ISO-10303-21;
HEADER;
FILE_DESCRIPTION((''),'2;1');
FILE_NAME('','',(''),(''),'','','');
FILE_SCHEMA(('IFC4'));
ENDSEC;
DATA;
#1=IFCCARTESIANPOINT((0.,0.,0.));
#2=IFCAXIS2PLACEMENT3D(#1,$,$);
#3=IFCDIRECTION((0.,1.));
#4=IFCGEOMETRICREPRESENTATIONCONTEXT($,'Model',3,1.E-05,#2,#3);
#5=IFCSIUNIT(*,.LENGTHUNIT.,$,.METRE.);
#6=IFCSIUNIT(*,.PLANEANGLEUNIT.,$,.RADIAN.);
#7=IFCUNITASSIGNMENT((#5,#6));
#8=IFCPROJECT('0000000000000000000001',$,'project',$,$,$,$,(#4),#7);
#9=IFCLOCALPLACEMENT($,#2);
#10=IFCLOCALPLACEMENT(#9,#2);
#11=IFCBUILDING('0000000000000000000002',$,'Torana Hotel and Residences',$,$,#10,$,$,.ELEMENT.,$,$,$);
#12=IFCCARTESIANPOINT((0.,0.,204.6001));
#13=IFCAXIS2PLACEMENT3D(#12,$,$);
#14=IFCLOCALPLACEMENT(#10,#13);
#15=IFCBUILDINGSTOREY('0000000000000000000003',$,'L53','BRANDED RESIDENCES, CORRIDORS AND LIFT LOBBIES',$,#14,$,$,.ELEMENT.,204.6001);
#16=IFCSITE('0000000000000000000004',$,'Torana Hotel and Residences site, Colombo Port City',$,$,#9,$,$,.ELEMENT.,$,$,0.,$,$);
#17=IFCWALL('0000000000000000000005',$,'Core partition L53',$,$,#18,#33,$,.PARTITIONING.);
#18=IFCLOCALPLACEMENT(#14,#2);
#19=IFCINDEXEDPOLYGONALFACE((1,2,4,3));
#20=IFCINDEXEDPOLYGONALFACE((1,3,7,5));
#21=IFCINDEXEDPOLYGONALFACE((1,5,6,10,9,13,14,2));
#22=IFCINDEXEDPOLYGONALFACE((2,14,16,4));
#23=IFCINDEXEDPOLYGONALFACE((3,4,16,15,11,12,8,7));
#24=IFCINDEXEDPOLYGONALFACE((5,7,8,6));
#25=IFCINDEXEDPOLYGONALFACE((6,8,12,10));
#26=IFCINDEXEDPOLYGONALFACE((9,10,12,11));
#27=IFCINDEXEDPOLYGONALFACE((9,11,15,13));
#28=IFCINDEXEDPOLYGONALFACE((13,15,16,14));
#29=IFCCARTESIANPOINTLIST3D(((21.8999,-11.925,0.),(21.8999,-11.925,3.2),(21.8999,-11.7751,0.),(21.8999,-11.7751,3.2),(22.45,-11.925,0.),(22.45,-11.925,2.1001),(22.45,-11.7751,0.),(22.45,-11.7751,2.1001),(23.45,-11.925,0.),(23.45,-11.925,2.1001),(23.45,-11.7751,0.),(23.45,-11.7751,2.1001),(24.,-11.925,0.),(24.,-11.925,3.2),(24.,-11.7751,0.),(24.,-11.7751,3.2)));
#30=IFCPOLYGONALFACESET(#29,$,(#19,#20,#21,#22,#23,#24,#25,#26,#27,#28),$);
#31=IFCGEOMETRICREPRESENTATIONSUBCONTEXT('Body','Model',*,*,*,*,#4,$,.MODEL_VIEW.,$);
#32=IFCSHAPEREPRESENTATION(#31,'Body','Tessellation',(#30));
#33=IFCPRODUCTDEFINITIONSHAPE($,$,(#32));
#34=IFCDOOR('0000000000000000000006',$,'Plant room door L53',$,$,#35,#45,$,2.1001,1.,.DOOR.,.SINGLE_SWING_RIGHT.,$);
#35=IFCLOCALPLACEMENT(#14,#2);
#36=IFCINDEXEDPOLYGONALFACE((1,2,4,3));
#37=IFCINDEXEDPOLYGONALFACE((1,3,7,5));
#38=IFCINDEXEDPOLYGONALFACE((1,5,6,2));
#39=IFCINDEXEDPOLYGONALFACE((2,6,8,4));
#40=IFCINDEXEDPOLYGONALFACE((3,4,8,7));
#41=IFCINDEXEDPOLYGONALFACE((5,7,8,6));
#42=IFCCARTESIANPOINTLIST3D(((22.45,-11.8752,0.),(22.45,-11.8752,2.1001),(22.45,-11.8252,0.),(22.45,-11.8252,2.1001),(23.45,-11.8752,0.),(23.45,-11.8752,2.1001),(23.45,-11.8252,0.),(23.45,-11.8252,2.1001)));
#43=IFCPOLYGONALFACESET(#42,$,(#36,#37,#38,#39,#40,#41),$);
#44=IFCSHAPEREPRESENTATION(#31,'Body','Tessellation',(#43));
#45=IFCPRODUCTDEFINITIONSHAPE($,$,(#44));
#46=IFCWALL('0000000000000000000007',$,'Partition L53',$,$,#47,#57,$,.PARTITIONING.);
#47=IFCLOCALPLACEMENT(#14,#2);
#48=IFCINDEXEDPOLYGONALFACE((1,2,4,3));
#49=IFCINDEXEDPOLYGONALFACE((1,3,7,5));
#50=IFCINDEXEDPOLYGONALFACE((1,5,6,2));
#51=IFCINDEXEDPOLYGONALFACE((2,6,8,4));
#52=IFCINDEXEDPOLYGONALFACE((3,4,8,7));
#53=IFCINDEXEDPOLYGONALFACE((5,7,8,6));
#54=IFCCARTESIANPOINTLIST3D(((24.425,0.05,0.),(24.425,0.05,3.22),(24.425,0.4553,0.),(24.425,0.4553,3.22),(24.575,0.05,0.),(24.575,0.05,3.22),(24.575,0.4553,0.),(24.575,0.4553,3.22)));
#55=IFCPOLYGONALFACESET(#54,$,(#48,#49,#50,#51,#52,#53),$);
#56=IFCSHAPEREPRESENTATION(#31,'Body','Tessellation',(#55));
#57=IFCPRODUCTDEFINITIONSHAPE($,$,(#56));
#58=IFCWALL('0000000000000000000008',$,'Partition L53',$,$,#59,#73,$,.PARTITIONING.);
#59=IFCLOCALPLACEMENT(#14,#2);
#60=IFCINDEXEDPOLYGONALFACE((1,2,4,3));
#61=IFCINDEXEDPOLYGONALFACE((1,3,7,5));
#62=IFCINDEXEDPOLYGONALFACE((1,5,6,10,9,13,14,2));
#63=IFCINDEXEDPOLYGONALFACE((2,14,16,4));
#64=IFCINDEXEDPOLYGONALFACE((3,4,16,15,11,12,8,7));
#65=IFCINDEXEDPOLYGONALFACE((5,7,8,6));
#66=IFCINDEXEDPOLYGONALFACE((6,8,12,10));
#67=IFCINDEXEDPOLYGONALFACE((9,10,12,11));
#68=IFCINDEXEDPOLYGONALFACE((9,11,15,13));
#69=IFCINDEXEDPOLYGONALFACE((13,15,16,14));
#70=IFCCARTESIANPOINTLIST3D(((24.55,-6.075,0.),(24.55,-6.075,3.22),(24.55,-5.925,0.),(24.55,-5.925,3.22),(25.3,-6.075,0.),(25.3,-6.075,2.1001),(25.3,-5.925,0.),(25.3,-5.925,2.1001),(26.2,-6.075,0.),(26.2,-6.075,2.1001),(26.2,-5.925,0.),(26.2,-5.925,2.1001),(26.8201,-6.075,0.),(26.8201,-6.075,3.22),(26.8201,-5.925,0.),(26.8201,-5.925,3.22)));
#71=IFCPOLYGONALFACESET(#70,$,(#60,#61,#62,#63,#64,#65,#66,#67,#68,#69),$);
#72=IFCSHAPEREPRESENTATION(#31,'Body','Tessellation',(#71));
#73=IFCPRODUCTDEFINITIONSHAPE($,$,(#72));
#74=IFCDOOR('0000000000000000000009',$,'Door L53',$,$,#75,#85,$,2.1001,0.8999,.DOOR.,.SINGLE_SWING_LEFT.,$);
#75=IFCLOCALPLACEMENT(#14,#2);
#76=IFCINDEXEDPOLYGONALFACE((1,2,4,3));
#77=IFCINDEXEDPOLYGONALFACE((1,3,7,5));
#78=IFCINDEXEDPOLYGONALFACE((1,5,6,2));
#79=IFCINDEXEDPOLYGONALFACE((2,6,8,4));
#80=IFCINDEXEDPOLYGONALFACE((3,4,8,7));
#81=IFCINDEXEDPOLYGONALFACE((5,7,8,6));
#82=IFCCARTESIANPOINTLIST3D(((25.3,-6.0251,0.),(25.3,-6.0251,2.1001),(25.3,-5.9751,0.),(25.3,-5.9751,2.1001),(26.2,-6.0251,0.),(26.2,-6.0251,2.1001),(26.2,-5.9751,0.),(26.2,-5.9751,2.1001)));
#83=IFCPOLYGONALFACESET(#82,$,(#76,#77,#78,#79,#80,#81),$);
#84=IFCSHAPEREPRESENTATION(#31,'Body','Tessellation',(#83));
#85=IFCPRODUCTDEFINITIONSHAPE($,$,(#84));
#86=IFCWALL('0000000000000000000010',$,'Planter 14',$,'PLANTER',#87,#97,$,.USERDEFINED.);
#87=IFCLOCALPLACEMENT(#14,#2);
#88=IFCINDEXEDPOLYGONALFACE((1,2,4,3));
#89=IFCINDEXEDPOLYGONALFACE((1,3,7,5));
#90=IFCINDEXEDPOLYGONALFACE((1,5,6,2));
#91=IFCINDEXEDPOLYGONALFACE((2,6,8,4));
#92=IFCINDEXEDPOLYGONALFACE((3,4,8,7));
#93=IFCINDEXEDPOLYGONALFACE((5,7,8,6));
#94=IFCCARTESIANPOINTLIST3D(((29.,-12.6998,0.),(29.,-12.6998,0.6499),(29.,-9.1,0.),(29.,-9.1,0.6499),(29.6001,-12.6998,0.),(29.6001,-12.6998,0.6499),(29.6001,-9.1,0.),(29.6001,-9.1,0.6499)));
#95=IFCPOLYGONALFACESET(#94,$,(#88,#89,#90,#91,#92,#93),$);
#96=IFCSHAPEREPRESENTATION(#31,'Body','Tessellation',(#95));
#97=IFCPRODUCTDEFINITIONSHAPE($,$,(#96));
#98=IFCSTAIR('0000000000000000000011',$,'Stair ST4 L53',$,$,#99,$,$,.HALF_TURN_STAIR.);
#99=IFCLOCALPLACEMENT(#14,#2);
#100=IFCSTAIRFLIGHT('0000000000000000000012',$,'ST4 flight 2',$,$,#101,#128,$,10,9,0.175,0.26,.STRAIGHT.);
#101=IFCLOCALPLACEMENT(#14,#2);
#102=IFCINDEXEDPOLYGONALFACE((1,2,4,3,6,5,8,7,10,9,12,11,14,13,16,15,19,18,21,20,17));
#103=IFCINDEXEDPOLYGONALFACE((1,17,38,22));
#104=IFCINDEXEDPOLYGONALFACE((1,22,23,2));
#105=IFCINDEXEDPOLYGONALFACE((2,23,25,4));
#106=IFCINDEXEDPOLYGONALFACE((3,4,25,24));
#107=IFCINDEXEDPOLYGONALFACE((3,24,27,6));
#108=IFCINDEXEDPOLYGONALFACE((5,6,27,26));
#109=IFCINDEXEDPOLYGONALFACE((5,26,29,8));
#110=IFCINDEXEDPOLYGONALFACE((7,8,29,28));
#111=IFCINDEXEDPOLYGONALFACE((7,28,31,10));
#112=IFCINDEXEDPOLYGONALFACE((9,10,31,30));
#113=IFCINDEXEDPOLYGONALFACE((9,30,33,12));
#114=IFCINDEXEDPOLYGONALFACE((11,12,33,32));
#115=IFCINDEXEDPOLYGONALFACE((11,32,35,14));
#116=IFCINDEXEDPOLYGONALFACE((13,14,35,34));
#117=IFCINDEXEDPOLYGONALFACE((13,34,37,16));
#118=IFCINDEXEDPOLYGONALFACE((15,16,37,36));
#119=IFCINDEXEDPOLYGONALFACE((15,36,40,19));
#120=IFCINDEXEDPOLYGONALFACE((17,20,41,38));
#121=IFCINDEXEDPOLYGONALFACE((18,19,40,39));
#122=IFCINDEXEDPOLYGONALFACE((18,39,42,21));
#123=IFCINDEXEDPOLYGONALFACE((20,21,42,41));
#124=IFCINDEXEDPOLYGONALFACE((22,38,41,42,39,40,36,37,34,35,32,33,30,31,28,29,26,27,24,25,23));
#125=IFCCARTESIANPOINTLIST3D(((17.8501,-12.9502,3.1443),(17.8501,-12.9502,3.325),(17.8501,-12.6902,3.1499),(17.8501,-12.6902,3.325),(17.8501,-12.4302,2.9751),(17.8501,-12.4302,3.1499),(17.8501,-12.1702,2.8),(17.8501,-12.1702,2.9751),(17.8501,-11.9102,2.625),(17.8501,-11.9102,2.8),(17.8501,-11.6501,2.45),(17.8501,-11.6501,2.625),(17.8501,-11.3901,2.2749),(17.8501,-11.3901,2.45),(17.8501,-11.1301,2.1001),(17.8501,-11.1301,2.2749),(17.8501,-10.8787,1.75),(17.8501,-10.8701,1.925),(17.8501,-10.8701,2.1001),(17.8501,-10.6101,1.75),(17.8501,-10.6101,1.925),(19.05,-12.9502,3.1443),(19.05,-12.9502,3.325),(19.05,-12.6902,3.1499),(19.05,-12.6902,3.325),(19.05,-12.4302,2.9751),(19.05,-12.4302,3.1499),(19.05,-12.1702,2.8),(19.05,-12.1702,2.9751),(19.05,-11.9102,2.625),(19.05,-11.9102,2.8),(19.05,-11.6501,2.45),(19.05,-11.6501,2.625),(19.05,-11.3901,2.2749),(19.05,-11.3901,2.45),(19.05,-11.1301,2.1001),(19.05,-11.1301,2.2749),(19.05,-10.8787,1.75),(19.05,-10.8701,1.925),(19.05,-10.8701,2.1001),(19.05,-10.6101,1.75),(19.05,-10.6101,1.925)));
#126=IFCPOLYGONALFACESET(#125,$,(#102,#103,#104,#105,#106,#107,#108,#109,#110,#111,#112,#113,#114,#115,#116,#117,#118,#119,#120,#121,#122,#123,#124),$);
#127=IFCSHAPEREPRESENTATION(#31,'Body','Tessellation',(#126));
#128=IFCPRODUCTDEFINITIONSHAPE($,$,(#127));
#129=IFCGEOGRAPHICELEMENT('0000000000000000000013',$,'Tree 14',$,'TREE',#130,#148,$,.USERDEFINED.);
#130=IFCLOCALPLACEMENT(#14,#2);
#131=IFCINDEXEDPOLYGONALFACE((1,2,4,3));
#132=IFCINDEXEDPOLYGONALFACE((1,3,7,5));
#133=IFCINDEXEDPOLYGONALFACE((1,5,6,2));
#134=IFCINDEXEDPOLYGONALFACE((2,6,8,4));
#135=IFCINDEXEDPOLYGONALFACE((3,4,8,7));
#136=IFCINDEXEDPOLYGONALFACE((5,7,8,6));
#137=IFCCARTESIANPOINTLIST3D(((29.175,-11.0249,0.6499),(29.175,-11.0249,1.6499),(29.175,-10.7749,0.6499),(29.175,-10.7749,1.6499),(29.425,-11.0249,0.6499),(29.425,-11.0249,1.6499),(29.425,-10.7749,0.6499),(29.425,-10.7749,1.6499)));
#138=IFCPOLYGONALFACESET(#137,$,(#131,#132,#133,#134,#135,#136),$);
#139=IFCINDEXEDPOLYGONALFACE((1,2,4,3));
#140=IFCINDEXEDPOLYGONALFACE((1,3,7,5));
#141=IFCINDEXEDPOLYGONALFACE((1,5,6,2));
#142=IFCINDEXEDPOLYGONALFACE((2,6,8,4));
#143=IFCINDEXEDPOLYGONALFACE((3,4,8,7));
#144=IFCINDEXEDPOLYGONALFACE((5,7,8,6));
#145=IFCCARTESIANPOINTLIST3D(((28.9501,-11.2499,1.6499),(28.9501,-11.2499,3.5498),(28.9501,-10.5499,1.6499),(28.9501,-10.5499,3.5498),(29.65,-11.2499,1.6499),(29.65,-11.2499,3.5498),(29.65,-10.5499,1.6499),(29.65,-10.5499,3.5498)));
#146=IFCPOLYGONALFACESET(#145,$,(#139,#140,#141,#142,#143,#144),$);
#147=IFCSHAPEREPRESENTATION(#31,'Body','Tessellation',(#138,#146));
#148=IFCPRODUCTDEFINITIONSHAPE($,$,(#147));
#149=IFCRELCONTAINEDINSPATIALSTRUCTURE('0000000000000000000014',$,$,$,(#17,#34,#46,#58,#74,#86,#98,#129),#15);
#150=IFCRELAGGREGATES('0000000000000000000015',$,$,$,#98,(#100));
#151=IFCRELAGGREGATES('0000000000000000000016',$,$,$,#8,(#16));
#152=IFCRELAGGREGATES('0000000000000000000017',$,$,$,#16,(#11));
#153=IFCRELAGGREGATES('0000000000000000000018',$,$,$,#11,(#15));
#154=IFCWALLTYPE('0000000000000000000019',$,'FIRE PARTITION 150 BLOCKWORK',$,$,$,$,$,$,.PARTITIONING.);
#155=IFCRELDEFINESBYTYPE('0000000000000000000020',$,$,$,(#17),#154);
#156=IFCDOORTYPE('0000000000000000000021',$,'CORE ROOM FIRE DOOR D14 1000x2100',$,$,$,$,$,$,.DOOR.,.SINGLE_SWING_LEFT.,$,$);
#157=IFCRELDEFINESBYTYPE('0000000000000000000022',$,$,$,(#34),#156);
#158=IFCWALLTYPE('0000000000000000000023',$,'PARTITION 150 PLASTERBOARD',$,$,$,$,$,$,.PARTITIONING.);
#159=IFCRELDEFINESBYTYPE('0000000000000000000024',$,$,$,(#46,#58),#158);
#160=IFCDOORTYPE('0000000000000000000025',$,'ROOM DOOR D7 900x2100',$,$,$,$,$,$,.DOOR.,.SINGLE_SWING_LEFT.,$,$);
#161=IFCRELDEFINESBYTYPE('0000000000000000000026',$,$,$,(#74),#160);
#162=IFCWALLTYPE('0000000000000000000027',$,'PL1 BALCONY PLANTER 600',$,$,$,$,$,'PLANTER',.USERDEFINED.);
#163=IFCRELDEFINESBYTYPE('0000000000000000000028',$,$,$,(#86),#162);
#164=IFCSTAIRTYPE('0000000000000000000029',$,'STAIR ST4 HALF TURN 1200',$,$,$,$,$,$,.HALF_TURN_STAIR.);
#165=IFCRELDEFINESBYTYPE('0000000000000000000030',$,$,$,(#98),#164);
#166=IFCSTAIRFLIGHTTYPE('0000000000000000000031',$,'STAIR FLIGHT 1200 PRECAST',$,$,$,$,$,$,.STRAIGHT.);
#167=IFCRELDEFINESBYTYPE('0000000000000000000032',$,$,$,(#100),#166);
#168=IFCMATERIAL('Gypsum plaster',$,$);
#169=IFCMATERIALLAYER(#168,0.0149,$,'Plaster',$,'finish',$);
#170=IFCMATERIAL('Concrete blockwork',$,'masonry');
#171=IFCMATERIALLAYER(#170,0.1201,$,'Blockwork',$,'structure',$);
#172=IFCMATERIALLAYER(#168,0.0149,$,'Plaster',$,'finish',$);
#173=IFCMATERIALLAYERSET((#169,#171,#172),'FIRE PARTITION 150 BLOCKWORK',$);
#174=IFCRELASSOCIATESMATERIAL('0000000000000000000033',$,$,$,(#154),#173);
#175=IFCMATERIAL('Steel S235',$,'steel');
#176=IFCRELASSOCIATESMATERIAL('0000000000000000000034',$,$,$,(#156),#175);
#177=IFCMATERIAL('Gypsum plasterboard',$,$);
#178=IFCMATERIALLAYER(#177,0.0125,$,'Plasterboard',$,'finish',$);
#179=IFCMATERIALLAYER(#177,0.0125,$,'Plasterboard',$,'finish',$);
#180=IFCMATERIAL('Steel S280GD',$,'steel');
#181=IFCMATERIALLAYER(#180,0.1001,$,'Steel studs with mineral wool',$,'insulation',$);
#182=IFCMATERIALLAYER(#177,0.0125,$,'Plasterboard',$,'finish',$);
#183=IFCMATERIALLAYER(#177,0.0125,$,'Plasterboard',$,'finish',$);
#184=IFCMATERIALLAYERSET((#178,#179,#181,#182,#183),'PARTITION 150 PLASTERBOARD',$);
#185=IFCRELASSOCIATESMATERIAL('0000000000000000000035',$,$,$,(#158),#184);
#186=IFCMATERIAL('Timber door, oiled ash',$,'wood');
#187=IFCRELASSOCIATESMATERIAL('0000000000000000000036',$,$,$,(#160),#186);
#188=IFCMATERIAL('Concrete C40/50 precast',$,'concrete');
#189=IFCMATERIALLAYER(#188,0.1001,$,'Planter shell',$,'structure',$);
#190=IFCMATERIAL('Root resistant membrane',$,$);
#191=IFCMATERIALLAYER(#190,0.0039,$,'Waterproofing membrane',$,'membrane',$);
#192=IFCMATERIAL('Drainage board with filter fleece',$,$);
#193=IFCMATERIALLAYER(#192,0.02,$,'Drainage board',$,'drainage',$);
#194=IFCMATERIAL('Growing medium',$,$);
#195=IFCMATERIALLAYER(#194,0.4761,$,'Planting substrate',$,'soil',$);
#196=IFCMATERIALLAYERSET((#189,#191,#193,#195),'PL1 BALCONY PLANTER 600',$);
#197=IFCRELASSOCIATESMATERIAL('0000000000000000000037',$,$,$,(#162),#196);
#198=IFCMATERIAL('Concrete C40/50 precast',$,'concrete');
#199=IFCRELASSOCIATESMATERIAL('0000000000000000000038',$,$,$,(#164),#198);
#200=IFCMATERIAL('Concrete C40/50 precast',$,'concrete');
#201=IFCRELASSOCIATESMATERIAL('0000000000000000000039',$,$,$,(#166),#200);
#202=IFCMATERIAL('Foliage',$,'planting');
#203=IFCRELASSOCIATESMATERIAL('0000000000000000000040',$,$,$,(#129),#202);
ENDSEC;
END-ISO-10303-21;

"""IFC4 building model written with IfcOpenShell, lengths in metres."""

from ifc_helpers import new_model, si_unit, direction, frame, frame_2d, origin, origin_2d, place, context, subcontext, project, spatial, polyline, rectangle, outline, extrude, material, layer, layer_set, type_object, element, fill, aggregate, save


model = new_model("IFC4")

# Units and contexts
model_context = context("Model", 3, precision=1e-05, world=origin(), true_north=direction((0.0, 1.0)))
body_context = subcontext(model_context, "Body", "Model", "MODEL_VIEW")
ifc_project = project(units=[si_unit("LENGTHUNIT", "METRE"), si_unit("PLANEANGLEUNIT", "RADIAN")], contexts=[model_context])

# Site, building, storey
site_placement = place(None, origin())
site = spatial("IfcSite", under=ifc_project, at=site_placement, Name="Torana Hotel and Residences site, Colombo Port City", CompositionType="ELEMENT", RefElevation=0.0)
building_placement = place(site_placement, origin())
building = spatial("IfcBuilding", under=site, at=building_placement, Name="Torana Hotel and Residences", CompositionType="ELEMENT")
storey_placement = place(building_placement, frame((0.0, 0.0, 204.6001)))
storey = spatial("IfcBuildingStorey", under=building, at=storey_placement, Name="L53", Description="BRANDED RESIDENCES, CORRIDORS AND LIFT LOBBIES", CompositionType="ELEMENT", Elevation=204.6001)

# Shared definitions
ifc_material_1 = material(Name="Steel S280GD", Category="steel")

# Shared definitions
ifc_material_2 = material(Name="Concrete C40/50 precast", Category="concrete")

# Wall, opening, door
ifc_material_3 = material(Name="Gypsum plaster")
ifc_layer_1 = layer(ifc_material_3, 0.0149, Name="Plaster", Category="finish")
ifc_material_4 = material(Name="Concrete blockwork", Category="masonry")
ifc_layer_2 = layer(ifc_material_4, 0.1201, Name="Blockwork", Category="structure")
ifc_layer_3 = layer(ifc_material_3, 0.0149, Name="Plaster", Category="finish")
ifc_layer_set_1 = layer_set([ifc_layer_1, ifc_layer_2, ifc_layer_3], Name="FIRE PARTITION 150 BLOCKWORK")
wall_type_1 = type_object("IfcWallType", Name="FIRE PARTITION 150 BLOCKWORK", PredefinedType="PARTITIONING", material=ifc_layer_set_1)
wall_1_placement = place(storey_placement, frame((21.8999, -11.8501, 0.0), z_axis=(0.0, 0.0, 1.0), x_axis=(1.0, 0.0, 0.0)))
wall_1 = element("IfcWall", 1, at=wall_1_placement, inside=storey, type_object=wall_type_1, Name="Core partition L53", PredefinedType="PARTITIONING", context=body_context, shape_type="SweptSolid", body=[
    extrude(rectangle(XDim=2.1001, YDim=0.1499, at=frame_2d((1.05, 0.0))), origin(), (0.0, 0.0, 1.0), 3.2),
])
opening_1_placement = place(wall_1_placement, frame((0.55, 0.0, 0.0)))
opening_1 = element("IfcOpeningElement", 2, at=opening_1_placement, cuts=wall_1, PredefinedType="OPENING", context=body_context, shape_type="SweptSolid", body=[
    extrude(rectangle(XDim=1.0, YDim=2.1001, at=frame_2d((0.5, 1.05))), frame((0.0, 0.085, 0.0), z_axis=(0.0, -1.0, 0.0), x_axis=(1.0, 0.0, 0.0)), (0.0, 0.0, 1.0), 0.1699),
])
ifc_material_5 = material(Name="Steel S235", Category="steel")
door_type_1 = type_object("IfcDoorType", Name="CORE ROOM FIRE DOOR D14 1000x2100", OperationType="SINGLE_SWING_LEFT", PredefinedType="DOOR", material=ifc_material_5)
door_1_placement = place(opening_1_placement, origin())
door_1 = element("IfcDoor", 3, at=door_1_placement, inside=storey, type_object=door_type_1, Name="Plant room door L53", OperationType="SINGLE_SWING_RIGHT", OverallHeight=2.1001, OverallWidth=1.0, PredefinedType="DOOR", context=body_context, shape_type="SweptSolid", body=[
    extrude(rectangle(XDim=1.0, YDim=2.1001, at=frame_2d((0.5, 1.05))), frame((0.0, 0.0249, 0.0), z_axis=(0.0, -1.0, 0.0), x_axis=(1.0, 0.0, 0.0)), (0.0, 0.0, 1.0), 0.05),
])
fill(opening_1, door_1)

# Wall
ifc_material_6 = material(Name="Gypsum plasterboard")
ifc_layer_4 = layer(ifc_material_6, 0.0125, Name="Plasterboard", Category="finish")
ifc_layer_5 = layer(ifc_material_6, 0.0125, Name="Plasterboard", Category="finish")
ifc_layer_6 = layer(ifc_material_1, 0.1001, Name="Steel studs with mineral wool", Category="insulation")
ifc_layer_7 = layer(ifc_material_6, 0.0125, Name="Plasterboard", Category="finish")
ifc_layer_8 = layer(ifc_material_6, 0.0125, Name="Plasterboard", Category="finish")
ifc_layer_set_2 = layer_set([ifc_layer_4, ifc_layer_5, ifc_layer_6, ifc_layer_7, ifc_layer_8], Name="PARTITION 150 PLASTERBOARD")
wall_type_2 = type_object("IfcWallType", Name="PARTITION 150 PLASTERBOARD", PredefinedType="PARTITIONING", material=ifc_layer_set_2)
wall_2_placement = place(storey_placement, frame((24.5, 0.05, 0.0), z_axis=(0.0, 0.0, 1.0), x_axis=(0.0, 1.0, 0.0)))
element("IfcWall", 4, at=wall_2_placement, inside=storey, type_object=wall_type_2, Name="Partition L53", PredefinedType="PARTITIONING", context=body_context, shape_type="SweptSolid", body=[
    extrude(rectangle(XDim=0.4053, YDim=0.1499, at=frame_2d((0.2026, 0.0))), origin(), (0.0, 0.0, 1.0), 3.22),
])

# Wall, opening, door
wall_3_placement = place(storey_placement, frame((24.55, -6.0, 0.0), z_axis=(0.0, 0.0, 1.0), x_axis=(1.0, 0.0, 0.0)))
wall_3 = element("IfcWall", 5, at=wall_3_placement, inside=storey, type_object=wall_type_2, Name="Partition L53", PredefinedType="PARTITIONING", context=body_context, shape_type="SweptSolid", body=[
    extrude(rectangle(XDim=2.27, YDim=0.1499, at=frame_2d((1.135, 0.0))), origin(), (0.0, 0.0, 1.0), 3.22),
])
opening_2_placement = place(wall_3_placement, frame((0.75, 0.0, 0.0)))
opening_2 = element("IfcOpeningElement", 6, at=opening_2_placement, cuts=wall_3, PredefinedType="OPENING", context=body_context, shape_type="SweptSolid", body=[
    extrude(rectangle(XDim=0.8999, YDim=2.1001, at=frame_2d((0.45, 1.05))), frame((0.0, 0.085, 0.0), z_axis=(0.0, -1.0, 0.0), x_axis=(1.0, 0.0, 0.0)), (0.0, 0.0, 1.0), 0.1699),
])
ifc_material_7 = material(Name="Timber door, oiled ash", Category="wood")
door_type_2 = type_object("IfcDoorType", Name="ROOM DOOR D7 900x2100", OperationType="SINGLE_SWING_LEFT", PredefinedType="DOOR", material=ifc_material_7)
door_2_placement = place(opening_2_placement, origin())
door_2 = element("IfcDoor", 7, at=door_2_placement, inside=storey, type_object=door_type_2, Name="Door L53", OperationType="SINGLE_SWING_LEFT", OverallHeight=2.1001, OverallWidth=0.8999, PredefinedType="DOOR", context=body_context, shape_type="SweptSolid", body=[
    extrude(rectangle(XDim=0.8999, YDim=2.1001, at=frame_2d((0.45, 1.05))), frame((0.0, 0.0249, 0.0), z_axis=(0.0, -1.0, 0.0), x_axis=(1.0, 0.0, 0.0)), (0.0, 0.0, 1.0), 0.05),
])
fill(opening_2, door_2)

# Wall
ifc_layer_9 = layer(ifc_material_2, 0.1001, Name="Planter shell", Category="structure")
ifc_material_8 = material(Name="Root resistant membrane")
ifc_layer_10 = layer(ifc_material_8, 0.0039, Name="Waterproofing membrane", Category="membrane")
ifc_material_9 = material(Name="Drainage board with filter fleece")
ifc_layer_11 = layer(ifc_material_9, 0.02, Name="Drainage board", Category="drainage")
ifc_material_10 = material(Name="Growing medium")
ifc_layer_12 = layer(ifc_material_10, 0.4761, Name="Planting substrate", Category="soil")
ifc_layer_set_3 = layer_set([ifc_layer_9, ifc_layer_10, ifc_layer_11, ifc_layer_12], Name="PL1 BALCONY PLANTER 600")
wall_type_3 = type_object("IfcWallType", Name="PL1 BALCONY PLANTER 600", ElementType="PLANTER", PredefinedType="USERDEFINED", material=ifc_layer_set_3)
wall_4_placement = place(storey_placement, frame((29.3, -9.1001, 0.0), z_axis=(0.0, 0.0, 1.0), x_axis=(0.0, -1.0, 0.0)))
element("IfcWall", 8, at=wall_4_placement, inside=storey, type_object=wall_type_3, Name="Planter 14", ObjectType="PLANTER", PredefinedType="USERDEFINED", context=body_context, shape_type="SweptSolid", body=[
    extrude(rectangle(XDim=3.5999, YDim=0.6001, at=frame_2d((1.7998, 0.0))), origin(), (0.0, 0.0, 1.0), 0.6499),
])

# Stair, stair flight
ifc_material_11 = material(Name="Concrete C40/50 precast", Category="concrete")
stair_type = type_object("IfcStairType", Name="STAIR ST4 HALF TURN 1200", PredefinedType="HALF_TURN_STAIR", material=ifc_material_11)
stair_placement = place(storey_placement, origin())
stair = element("IfcStair", 9, at=stair_placement, inside=storey, type_object=stair_type, Name="Stair ST4 L53", PredefinedType="HALF_TURN_STAIR")
ifc_material_12 = material(Name="Concrete C40/50 precast", Category="concrete")
stair_flight_type = type_object("IfcStairFlightType", Name="STAIR FLIGHT 1200 PRECAST", PredefinedType="STRAIGHT", material=ifc_material_12)
stair_flight_placement = place(storey_placement, frame((18.45, -10.6101, 1.75), z_axis=(0.0, 0.0, 1.0), x_axis=(0.0, -1.0, 0.0)))
stair_flight = element("IfcStairFlight", 10, at=stair_flight_placement, type_object=stair_flight_type, Name="ST4 flight 2", NumberOfRisers=10, NumberOfTreads=9, PredefinedType="STRAIGHT", RiserHeight=0.175, TreadLength=0.26, context=body_context, shape_type="SweptSolid", body=[
    extrude(outline(polyline([(0.0, 0.0), (0.0, 0.175), (0.26, 0.175), (0.26, 0.3501), (0.52, 0.3501), (0.52, 0.5249), (0.78, 0.5249), (0.78, 0.7), (1.04, 0.7), (1.04, 0.875), (1.3, 0.875), (1.3, 1.05), (1.5601, 1.05), (1.5601, 1.2251), (1.8201, 1.2251), (1.8201, 1.3999), (2.0801, 1.3999), (2.0801, 1.575), (2.3401, 1.575), (2.3401, 1.75), (2.3401, 1.3943), (0.2686, 0.0), (0.0, 0.0)])), frame((0.0, 0.6001, 0.0), z_axis=(0.0, -1.0, 0.0), x_axis=(1.0, 0.0, 0.0)), (0.0, 0.0, 1.0), 1.2),
])
aggregate(stair, [stair_flight])

# Geographic element
ifc_material_13 = material(Name="Foliage", Category="planting")
geographic_element_placement = place(storey_placement, frame((29.3, -10.8999, 0.6499), z_axis=(0.0, 0.0, 1.0), x_axis=(1.0, 0.0, 0.0)))
element("IfcGeographicElement", 11, at=geographic_element_placement, inside=storey, material=ifc_material_13, Name="Tree 14", ObjectType="TREE", PredefinedType="USERDEFINED", context=body_context, shape_type="SweptSolid", body=[
    extrude(rectangle(XDim=0.25, YDim=0.25, at=origin_2d()), origin(), (0.0, 0.0, 1.0), 1.0),
    extrude(rectangle(XDim=0.7, YDim=0.7, at=origin_2d()), frame((0.0, 0.0, 1.0)), (0.0, 0.0, 1.0), 1.8999),
])

save(model, "model.ifc")
